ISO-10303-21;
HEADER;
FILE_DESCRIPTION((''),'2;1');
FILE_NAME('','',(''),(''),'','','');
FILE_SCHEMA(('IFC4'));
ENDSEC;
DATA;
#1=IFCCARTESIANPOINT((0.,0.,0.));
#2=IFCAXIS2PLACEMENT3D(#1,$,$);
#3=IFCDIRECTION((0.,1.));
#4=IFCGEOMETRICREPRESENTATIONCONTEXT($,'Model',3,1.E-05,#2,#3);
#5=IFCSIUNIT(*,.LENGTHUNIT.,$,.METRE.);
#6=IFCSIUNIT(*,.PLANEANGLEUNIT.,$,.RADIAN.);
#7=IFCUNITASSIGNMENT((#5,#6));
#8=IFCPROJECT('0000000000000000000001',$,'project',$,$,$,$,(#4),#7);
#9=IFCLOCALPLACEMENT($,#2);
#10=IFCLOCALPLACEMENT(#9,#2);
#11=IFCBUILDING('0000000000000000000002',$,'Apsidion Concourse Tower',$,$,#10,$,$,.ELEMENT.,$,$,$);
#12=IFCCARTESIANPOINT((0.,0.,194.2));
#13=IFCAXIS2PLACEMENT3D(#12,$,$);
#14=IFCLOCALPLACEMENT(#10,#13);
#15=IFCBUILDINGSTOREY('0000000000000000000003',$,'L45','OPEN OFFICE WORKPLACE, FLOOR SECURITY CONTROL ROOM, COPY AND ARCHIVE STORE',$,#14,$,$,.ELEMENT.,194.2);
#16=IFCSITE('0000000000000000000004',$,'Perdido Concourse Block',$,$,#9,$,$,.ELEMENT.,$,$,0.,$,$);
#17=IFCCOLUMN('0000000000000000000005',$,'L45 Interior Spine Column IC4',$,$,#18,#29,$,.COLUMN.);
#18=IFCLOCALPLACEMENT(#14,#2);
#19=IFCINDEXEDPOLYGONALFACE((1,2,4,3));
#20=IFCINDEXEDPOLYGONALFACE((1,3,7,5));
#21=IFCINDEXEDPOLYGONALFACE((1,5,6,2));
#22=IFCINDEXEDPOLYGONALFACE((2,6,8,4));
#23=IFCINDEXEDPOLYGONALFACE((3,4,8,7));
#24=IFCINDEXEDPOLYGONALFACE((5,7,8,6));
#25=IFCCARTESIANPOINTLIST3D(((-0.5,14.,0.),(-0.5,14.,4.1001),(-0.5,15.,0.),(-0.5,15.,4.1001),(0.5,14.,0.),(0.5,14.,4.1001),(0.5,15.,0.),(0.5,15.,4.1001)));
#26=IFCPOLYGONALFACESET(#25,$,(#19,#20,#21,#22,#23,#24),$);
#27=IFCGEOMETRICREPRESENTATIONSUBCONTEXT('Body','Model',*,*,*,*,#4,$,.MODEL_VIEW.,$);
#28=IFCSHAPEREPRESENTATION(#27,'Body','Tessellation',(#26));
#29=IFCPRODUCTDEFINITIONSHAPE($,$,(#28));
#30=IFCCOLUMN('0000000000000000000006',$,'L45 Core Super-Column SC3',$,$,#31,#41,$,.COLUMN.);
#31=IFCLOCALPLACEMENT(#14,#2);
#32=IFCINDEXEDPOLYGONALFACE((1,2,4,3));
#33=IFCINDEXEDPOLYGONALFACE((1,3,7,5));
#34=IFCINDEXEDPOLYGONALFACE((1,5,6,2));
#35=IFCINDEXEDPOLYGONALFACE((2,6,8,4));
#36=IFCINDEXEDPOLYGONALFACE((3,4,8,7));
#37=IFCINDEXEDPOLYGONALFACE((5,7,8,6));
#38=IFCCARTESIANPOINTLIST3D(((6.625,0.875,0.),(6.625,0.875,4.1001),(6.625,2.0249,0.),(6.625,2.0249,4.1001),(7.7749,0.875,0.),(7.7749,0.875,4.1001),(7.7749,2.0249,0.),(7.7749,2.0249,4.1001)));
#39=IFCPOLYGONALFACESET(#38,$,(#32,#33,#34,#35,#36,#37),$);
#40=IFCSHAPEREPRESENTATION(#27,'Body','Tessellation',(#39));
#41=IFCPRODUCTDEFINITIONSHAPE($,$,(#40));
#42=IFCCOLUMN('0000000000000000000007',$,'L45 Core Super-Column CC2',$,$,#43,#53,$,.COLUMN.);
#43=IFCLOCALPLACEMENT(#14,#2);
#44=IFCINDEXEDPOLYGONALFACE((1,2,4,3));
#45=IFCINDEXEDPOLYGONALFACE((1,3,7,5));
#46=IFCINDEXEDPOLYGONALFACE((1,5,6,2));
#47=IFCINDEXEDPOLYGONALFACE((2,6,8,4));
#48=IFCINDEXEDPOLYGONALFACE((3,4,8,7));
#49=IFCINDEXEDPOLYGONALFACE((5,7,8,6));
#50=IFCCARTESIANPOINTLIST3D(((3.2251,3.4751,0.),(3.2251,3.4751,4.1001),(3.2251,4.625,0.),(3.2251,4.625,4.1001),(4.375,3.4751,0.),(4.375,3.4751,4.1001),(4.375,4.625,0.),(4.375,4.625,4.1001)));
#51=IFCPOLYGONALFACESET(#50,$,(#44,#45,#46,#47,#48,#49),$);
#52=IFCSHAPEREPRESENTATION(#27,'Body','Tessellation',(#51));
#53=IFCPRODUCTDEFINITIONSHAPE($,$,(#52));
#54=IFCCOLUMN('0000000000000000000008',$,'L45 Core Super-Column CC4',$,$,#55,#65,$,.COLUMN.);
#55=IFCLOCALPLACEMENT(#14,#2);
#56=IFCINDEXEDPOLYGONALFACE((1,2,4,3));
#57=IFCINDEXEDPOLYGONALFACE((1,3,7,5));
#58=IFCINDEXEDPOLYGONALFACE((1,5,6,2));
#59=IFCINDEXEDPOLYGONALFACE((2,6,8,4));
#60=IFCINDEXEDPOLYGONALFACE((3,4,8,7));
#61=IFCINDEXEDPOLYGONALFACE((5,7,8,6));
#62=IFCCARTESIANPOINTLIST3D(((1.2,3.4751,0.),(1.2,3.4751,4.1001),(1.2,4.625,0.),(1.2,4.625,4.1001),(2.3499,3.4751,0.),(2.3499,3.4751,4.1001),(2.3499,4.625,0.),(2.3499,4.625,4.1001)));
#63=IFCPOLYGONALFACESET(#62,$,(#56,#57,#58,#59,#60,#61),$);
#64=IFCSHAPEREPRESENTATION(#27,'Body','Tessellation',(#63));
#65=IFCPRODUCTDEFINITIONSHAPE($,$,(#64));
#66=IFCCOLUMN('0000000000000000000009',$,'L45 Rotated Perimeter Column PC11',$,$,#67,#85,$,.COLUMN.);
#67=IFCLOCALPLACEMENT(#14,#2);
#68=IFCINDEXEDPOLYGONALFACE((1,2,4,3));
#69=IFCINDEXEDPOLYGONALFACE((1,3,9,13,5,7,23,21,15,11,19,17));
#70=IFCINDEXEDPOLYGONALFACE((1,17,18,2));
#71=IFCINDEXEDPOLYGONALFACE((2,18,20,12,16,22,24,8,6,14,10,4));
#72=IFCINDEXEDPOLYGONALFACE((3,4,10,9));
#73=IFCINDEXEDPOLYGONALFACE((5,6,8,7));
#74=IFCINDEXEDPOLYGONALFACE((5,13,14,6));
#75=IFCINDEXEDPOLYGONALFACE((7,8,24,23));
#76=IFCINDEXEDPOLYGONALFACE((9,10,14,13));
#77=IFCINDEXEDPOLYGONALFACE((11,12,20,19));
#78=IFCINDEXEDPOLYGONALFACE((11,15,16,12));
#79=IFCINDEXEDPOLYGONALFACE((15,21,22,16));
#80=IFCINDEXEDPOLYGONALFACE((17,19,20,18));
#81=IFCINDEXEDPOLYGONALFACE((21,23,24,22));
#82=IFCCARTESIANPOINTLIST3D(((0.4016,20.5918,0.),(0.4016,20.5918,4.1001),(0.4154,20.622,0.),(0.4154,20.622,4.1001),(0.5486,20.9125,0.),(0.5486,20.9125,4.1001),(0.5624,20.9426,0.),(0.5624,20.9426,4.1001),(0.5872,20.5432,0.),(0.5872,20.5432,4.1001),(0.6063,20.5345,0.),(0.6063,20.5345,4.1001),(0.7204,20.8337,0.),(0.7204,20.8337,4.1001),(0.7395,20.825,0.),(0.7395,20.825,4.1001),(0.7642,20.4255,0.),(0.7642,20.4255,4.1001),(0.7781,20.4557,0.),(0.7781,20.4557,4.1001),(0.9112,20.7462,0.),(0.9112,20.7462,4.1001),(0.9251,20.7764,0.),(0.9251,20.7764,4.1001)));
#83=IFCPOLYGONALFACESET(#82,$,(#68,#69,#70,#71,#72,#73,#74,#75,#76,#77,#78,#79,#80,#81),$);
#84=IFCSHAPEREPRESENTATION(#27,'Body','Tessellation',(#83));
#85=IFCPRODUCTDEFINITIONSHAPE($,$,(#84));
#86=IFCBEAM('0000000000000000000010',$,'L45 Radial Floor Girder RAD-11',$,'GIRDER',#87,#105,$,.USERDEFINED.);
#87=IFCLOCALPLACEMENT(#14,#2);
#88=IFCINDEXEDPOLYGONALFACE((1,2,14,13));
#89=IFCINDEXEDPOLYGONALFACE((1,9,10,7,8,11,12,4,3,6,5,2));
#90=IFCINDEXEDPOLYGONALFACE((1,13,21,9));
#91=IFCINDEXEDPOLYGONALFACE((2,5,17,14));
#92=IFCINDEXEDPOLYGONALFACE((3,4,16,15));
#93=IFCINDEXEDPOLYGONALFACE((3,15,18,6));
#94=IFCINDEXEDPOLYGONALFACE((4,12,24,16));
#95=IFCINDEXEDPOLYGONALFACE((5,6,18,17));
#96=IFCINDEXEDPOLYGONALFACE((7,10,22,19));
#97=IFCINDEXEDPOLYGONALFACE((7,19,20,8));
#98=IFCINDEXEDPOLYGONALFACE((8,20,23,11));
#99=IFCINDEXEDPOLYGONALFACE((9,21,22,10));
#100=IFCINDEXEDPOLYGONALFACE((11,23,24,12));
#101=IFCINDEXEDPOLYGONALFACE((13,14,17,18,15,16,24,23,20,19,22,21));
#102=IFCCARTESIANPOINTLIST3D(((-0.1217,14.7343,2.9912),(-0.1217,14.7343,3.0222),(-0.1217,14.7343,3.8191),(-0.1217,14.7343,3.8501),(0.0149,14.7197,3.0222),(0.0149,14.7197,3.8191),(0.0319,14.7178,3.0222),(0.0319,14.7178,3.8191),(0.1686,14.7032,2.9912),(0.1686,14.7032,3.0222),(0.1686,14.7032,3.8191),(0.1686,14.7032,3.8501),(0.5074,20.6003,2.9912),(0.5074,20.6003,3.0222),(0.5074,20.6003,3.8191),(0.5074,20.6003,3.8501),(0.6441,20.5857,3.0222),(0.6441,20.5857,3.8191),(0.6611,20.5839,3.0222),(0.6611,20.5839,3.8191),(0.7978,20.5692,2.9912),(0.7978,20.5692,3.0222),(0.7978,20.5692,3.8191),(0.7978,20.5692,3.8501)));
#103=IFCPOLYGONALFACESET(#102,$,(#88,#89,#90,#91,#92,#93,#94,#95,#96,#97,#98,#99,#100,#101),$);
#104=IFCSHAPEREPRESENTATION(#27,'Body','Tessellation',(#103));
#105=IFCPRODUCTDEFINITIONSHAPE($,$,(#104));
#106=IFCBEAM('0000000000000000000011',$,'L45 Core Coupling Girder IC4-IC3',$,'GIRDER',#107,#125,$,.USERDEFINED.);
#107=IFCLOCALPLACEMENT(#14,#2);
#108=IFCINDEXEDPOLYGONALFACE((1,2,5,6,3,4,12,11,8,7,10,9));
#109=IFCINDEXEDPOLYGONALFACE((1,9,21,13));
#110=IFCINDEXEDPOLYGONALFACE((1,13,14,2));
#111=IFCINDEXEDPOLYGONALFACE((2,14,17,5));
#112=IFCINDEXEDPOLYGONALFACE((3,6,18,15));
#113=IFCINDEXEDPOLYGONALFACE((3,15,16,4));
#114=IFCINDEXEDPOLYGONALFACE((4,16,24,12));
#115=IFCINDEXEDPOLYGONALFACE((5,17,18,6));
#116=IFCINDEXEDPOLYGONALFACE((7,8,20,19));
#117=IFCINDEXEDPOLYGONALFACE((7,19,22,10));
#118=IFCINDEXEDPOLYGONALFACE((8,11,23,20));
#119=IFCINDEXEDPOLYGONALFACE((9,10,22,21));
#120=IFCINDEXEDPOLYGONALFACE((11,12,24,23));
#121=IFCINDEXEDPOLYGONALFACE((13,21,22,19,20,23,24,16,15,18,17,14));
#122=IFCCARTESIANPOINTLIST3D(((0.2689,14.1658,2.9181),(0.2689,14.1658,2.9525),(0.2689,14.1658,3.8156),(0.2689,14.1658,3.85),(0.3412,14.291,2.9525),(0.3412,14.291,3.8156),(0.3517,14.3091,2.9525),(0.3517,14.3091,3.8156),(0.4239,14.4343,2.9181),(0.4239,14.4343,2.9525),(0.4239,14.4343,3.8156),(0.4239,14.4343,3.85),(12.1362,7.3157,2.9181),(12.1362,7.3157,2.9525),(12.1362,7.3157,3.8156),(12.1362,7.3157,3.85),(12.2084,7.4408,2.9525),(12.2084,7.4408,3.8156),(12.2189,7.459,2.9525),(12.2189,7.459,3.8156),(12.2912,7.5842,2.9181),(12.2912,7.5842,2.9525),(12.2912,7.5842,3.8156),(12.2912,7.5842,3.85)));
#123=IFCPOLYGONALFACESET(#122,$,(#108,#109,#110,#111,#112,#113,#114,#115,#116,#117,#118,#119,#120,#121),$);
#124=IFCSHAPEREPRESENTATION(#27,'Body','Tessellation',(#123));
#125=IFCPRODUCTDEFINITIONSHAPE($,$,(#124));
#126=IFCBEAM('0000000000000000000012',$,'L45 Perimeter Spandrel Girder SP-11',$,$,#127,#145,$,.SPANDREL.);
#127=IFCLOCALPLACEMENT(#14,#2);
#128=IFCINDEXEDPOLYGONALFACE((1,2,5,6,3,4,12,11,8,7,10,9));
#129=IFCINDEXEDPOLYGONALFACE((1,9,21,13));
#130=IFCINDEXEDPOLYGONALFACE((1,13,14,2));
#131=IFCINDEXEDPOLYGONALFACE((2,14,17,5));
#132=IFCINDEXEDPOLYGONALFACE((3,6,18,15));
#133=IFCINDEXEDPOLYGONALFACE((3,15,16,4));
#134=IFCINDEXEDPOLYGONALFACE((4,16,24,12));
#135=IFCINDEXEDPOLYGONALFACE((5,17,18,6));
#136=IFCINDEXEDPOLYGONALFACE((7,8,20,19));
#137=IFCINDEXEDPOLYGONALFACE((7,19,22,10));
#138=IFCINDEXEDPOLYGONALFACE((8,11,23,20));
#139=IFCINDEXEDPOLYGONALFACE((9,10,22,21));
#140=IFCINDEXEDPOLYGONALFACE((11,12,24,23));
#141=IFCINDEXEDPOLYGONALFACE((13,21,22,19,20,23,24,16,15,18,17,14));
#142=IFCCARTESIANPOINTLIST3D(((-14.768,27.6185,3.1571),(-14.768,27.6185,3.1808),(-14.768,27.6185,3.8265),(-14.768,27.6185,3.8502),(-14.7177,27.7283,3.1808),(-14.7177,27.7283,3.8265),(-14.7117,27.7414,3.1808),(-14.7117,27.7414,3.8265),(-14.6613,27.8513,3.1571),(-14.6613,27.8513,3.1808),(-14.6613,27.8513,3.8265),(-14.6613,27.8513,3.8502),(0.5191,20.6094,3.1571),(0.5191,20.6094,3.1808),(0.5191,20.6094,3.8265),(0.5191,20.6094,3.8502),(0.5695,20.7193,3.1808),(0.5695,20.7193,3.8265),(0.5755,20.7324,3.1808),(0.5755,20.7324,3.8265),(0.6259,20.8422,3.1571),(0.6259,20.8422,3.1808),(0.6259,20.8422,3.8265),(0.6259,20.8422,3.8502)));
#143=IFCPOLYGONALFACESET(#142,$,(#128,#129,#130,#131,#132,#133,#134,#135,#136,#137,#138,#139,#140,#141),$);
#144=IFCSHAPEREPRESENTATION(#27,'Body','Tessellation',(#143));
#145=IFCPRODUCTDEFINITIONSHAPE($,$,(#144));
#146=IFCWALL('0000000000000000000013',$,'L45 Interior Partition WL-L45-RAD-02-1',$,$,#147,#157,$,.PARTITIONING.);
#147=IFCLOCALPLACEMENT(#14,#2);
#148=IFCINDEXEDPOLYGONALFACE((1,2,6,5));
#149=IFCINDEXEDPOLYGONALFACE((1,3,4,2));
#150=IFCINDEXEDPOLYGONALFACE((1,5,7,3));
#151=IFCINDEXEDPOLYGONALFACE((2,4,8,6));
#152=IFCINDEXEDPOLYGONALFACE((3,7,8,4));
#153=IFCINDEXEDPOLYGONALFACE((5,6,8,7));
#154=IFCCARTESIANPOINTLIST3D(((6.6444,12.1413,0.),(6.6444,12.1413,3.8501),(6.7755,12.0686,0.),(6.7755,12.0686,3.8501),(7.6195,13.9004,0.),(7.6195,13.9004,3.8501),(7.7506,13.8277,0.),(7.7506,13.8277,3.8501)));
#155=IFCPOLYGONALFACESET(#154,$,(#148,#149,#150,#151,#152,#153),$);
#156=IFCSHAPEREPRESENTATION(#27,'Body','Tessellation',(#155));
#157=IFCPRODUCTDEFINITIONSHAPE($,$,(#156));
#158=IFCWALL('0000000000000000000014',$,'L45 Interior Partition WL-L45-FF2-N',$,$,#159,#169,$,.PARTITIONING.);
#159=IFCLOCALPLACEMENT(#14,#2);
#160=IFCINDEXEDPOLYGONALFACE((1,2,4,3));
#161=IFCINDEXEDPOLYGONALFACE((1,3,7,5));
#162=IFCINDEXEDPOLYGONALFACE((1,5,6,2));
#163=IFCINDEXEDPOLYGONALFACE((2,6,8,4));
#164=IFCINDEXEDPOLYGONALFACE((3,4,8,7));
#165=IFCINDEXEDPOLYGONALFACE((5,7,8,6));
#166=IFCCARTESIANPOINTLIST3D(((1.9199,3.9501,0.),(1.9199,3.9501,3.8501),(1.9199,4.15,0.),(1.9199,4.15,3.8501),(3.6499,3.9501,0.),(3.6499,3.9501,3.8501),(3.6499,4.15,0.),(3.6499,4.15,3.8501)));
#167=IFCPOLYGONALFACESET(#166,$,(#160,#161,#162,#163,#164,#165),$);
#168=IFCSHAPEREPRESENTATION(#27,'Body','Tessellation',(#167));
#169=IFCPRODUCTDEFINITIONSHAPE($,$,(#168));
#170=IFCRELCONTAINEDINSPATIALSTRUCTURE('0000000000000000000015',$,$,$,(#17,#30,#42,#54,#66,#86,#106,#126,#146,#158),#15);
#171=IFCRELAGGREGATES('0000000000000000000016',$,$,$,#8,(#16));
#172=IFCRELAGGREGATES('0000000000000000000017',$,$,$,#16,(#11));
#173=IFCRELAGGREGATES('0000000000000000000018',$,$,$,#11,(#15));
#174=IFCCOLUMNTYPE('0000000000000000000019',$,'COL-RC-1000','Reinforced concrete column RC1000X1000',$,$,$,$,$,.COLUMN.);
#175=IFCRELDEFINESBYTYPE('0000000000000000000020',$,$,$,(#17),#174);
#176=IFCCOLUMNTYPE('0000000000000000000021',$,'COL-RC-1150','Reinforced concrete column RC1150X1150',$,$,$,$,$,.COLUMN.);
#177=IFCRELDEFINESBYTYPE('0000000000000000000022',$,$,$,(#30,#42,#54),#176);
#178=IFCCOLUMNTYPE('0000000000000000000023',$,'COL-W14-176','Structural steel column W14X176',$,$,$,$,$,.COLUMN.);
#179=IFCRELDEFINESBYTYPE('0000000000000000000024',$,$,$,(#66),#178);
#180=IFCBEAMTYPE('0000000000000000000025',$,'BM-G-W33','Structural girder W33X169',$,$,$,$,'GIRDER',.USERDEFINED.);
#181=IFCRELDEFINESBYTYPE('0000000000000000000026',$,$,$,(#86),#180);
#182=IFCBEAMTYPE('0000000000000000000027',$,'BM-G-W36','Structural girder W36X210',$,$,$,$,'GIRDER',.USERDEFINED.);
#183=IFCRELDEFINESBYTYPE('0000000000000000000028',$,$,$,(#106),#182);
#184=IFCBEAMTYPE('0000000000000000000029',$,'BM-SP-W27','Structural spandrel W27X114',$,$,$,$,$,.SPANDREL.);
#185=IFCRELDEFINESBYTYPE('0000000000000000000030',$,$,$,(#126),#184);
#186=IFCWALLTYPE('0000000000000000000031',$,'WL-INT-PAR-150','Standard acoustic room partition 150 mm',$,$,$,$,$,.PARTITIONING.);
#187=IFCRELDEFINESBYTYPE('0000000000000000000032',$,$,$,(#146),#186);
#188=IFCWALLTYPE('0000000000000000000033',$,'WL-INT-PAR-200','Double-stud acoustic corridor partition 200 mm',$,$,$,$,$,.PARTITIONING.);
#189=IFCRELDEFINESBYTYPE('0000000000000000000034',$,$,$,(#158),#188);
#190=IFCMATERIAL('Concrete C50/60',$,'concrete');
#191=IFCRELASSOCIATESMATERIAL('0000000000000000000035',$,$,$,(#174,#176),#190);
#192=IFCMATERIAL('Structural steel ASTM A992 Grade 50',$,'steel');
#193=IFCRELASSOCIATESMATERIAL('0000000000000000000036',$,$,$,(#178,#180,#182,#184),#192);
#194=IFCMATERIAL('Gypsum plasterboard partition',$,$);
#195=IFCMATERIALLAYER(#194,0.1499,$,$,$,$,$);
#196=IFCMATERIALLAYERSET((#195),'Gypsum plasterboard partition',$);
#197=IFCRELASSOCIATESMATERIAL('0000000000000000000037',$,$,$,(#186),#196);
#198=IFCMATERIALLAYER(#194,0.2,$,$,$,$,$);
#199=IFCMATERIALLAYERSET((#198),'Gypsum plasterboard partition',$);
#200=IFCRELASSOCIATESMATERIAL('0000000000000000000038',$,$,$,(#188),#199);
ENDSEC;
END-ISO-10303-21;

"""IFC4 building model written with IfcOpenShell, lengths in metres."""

from ifc_helpers import new_model, si_unit, direction, frame, frame_2d, origin, origin_2d, place, context, subcontext, project, spatial, rectangle, i_section, extrude, material, layer, layer_set, material_profile, profile_set, type_object, element, save


model = new_model("IFC4")

# Units and contexts
model_context = context("Model", 3, precision=1e-05, world=origin(), true_north=direction((0.0, 1.0)))
body_context = subcontext(model_context, "Body", "Model", "MODEL_VIEW")
ifc_project = project(units=[si_unit("LENGTHUNIT", "METRE"), si_unit("PLANEANGLEUNIT", "RADIAN")], contexts=[model_context])

# Site, building, storey
site_placement = place(None, origin())
site = spatial("IfcSite", under=ifc_project, at=site_placement, Name="Perdido Concourse Block", CompositionType="ELEMENT", RefElevation=0.0)
building_placement = place(site_placement, origin())
building = spatial("IfcBuilding", under=site, at=building_placement, Name="Apsidion Concourse Tower", CompositionType="ELEMENT")
storey_placement = place(building_placement, frame((0.0, 0.0, 194.2)))
storey = spatial("IfcBuildingStorey", under=building, at=storey_placement, Name="L45", Description="OPEN OFFICE WORKPLACE, FLOOR SECURITY CONTROL ROOM, COPY AND ARCHIVE STORE", CompositionType="ELEMENT", Elevation=194.2)

# Columns
ifc_material_1 = material(Name="Concrete C50/60", Category="concrete")
ifc_material_profile_1 = material_profile(ifc_material_1, rectangle(XDim=1.0, YDim=1.0, at=origin_2d()), Name="RC 1000x1000")
ifc_profile_set_1 = profile_set([ifc_material_profile_1], Name="Concrete C50/60")
column_type_1 = type_object("IfcColumnType", Name="COL-RC-1000", Description="Reinforced concrete column RC1000X1000", PredefinedType="COLUMN", material=ifc_profile_set_1)
column_1_placement = place(storey_placement, frame((0.0, 14.5, 0.0), z_axis=(0.0, 0.0, 1.0), x_axis=(1.0, 0.0, 0.0)))
element("IfcColumn", 1, at=column_1_placement, inside=storey, type_object=column_type_1, Name="L45 Interior Spine Column IC4", PredefinedType="COLUMN", context=body_context, shape_type="SweptSolid", body=[
    extrude(rectangle(XDim=1.0, YDim=1.0, at=origin_2d()), origin(), (0.0, 0.0, 1.0), 4.1001),
])
ifc_material_profile_2 = material_profile(ifc_material_1, rectangle(XDim=1.1499, YDim=1.1499, at=origin_2d()), Name="RC 1150x1150")
ifc_profile_set_2 = profile_set([ifc_material_profile_2], Name="Concrete C50/60")
column_type_2 = type_object("IfcColumnType", Name="COL-RC-1150", Description="Reinforced concrete column RC1150X1150", PredefinedType="COLUMN", material=ifc_profile_set_2)
for number, where, z_axis, x_axis, name in (
    (2, (7.2, 1.45, 0.0), (0.0, 0.0, 1.0), (1.0, 0.0, 0.0), "L45 Core Super-Column SC3"),
    (3, (3.8, 4.05, 0.0), (0.0, 0.0, 1.0), (1.0, 0.0, 0.0), "L45 Core Super-Column CC2"),
    (4, (1.7749, 4.05, 0.0), (0.0, 0.0, 1.0), (1.0, 0.0, 0.0), "L45 Core Super-Column CC4"),
):
    element("IfcColumn", number, at=place(storey_placement, frame(where, z_axis=z_axis, x_axis=x_axis)), inside=storey, type_object=column_type_2, Name=name, PredefinedType="COLUMN", context=body_context, shape_type="SweptSolid", body=[
        extrude(rectangle(XDim=1.1499, YDim=1.1499, at=origin_2d()), origin(), (0.0, 0.0, 1.0), 4.1001),
    ])
ifc_material_2 = material(Name="Structural steel ASTM A992 Grade 50", Category="steel")
ifc_material_profile_3 = material_profile(ifc_material_2, i_section(OverallWidth=0.3989, OverallDepth=0.386, WebThickness=0.021, FlangeThickness=0.0332, at=origin_2d()), Name="W14X176")
ifc_profile_set_3 = profile_set([ifc_material_profile_3], Name="Structural steel ASTM A992 Grade 50")
column_type_3 = type_object("IfcColumnType", Name="COL-W14-176", Description="Structural steel column W14X176", PredefinedType="COLUMN", material=ifc_profile_set_3)
column_2_placement = place(storey_placement, frame((0.6633, 20.6841, 0.0), z_axis=(0.0, 0.0, 1.0), x_axis=(-0.909018, 0.416757, 0.0)))
element("IfcColumn", 5, at=column_2_placement, inside=storey, type_object=column_type_3, Name="L45 Rotated Perimeter Column PC11", PredefinedType="COLUMN", context=body_context, shape_type="SweptSolid", body=[
    extrude(i_section(OverallWidth=0.3989, OverallDepth=0.386, WebThickness=0.021, FlangeThickness=0.0332, at=origin_2d()), origin(), (0.0, 0.0, 1.0), 4.1001),
])

# Beams
ifc_material_profile_4 = material_profile(ifc_material_2, i_section(OverallWidth=0.292, OverallDepth=0.8589, WebThickness=0.0171, FlangeThickness=0.031, at=origin_2d()), Name="W33X169")
ifc_profile_set_4 = profile_set([ifc_material_profile_4], Name="Structural steel ASTM A992 Grade 50")
beam_type_1 = type_object("IfcBeamType", Name="BM-G-W33", Description="Structural girder W33X169", ElementType="GIRDER", PredefinedType="USERDEFINED", material=ifc_profile_set_4)
beam_1_placement = place(storey_placement, frame((0.0234, 14.7188, 3.4207), z_axis=(0.106643, 0.994297, 0.0), x_axis=(-0.994297, 0.106643, 0.0)))
element("IfcBeam", 6, at=beam_1_placement, inside=storey, type_object=beam_type_1, Name="L45 Radial Floor Girder RAD-11", ObjectType="GIRDER", PredefinedType="USERDEFINED", context=body_context, shape_type="SweptSolid", body=[
    extrude(i_section(OverallWidth=0.292, OverallDepth=0.8589, WebThickness=0.0171, FlangeThickness=0.031, at=origin_2d()), origin(), (0.0, 0.0, 1.0), 5.8997),
])
ifc_material_profile_5 = material_profile(ifc_material_2, i_section(OverallWidth=0.3101, OverallDepth=0.9319, WebThickness=0.021, FlangeThickness=0.0344, at=origin_2d()), Name="W36X210")
ifc_profile_set_5 = profile_set([ifc_material_profile_5], Name="Structural steel ASTM A992 Grade 50")
beam_type_2 = type_object("IfcBeamType", Name="BM-G-W36", Description="Structural girder W36X210", ElementType="GIRDER", PredefinedType="USERDEFINED", material=ifc_profile_set_5)
beam_2_placement = place(storey_placement, frame((0.3464, 14.3, 3.384), z_axis=(0.86607, -0.499922, 0.0), x_axis=(0.499922, 0.86607, 0.0)))
element("IfcBeam", 7, at=beam_2_placement, inside=storey, type_object=beam_type_2, Name="L45 Core Coupling Girder IC4-IC3", ObjectType="GIRDER", PredefinedType="USERDEFINED", context=body_context, shape_type="SweptSolid", body=[
    extrude(i_section(OverallWidth=0.3101, OverallDepth=0.9319, WebThickness=0.021, FlangeThickness=0.0344, at=origin_2d()), origin(), (0.0, 0.0, 1.0), 13.7024),
])
ifc_material_profile_6 = material_profile(ifc_material_2, i_section(OverallWidth=0.2561, OverallDepth=0.6931, WebThickness=0.0144, FlangeThickness=0.0237, at=origin_2d()), Name="W27X114")
ifc_profile_set_6 = profile_set([ifc_material_profile_6], Name="Structural steel ASTM A992 Grade 50")
beam_type_3 = type_object("IfcBeamType", Name="BM-SP-W27", Description="Structural spandrel W27X114", PredefinedType="SPANDREL", material=ifc_profile_set_6)
beam_3_placement = place(storey_placement, frame((0.5725, 20.7258, 3.5037), z_axis=(-0.90901, 0.416775, 0.0), x_axis=(-0.416775, -0.90901, 0.0)))
element("IfcBeam", 8, at=beam_3_placement, inside=storey, type_object=beam_type_3, Name="L45 Perimeter Spandrel Girder SP-11", PredefinedType="SPANDREL", context=body_context, shape_type="SweptSolid", body=[
    extrude(i_section(OverallWidth=0.2561, OverallDepth=0.6931, WebThickness=0.0144, FlangeThickness=0.0237, at=origin_2d()), origin(), (0.0, 0.0, 1.0), 16.8174),
])

# Walls
ifc_material_3 = material(Name="Gypsum plasterboard partition")
ifc_layer_1 = layer(ifc_material_3, 0.1499)
ifc_layer_set_1 = layer_set([ifc_layer_1], Name="Gypsum plasterboard partition")
wall_type_1 = type_object("IfcWallType", Name="WL-INT-PAR-150", Description="Standard acoustic room partition 150 mm", PredefinedType="PARTITIONING", material=ifc_layer_set_1)
wall_1_placement = place(storey_placement, frame((6.71, 12.105, 0.0), z_axis=(0.0, 0.0, 1.0), x_axis=(0.484828, 0.874609, 0.0)))
element("IfcWall", 9, at=wall_1_placement, inside=storey, type_object=wall_type_1, Name="L45 Interior Partition WL-L45-RAD-02-1", PredefinedType="PARTITIONING", context=body_context, shape_type="SweptSolid", body=[
    extrude(rectangle(XDim=2.0112, YDim=0.1499, at=frame_2d((1.0056, 0.0))), origin(), (0.0, 0.0, 1.0), 3.8501),
])
ifc_layer_2 = layer(ifc_material_3, 0.2)
ifc_layer_set_2 = layer_set([ifc_layer_2], Name="Gypsum plasterboard partition")
wall_type_2 = type_object("IfcWallType", Name="WL-INT-PAR-200", Description="Double-stud acoustic corridor partition 200 mm", PredefinedType="PARTITIONING", material=ifc_layer_set_2)
wall_2_placement = place(storey_placement, frame((1.9199, 4.05, 0.0), z_axis=(0.0, 0.0, 1.0), x_axis=(1.0, 0.0, 0.0)))
element("IfcWall", 10, at=wall_2_placement, inside=storey, type_object=wall_type_2, Name="L45 Interior Partition WL-L45-FF2-N", PredefinedType="PARTITIONING", context=body_context, shape_type="SweptSolid", body=[
    extrude(rectangle(XDim=1.73, YDim=0.2, at=frame_2d((0.865, 0.0))), origin(), (0.0, 0.0, 1.0), 3.8501),
])

save(model, "model.ifc")
